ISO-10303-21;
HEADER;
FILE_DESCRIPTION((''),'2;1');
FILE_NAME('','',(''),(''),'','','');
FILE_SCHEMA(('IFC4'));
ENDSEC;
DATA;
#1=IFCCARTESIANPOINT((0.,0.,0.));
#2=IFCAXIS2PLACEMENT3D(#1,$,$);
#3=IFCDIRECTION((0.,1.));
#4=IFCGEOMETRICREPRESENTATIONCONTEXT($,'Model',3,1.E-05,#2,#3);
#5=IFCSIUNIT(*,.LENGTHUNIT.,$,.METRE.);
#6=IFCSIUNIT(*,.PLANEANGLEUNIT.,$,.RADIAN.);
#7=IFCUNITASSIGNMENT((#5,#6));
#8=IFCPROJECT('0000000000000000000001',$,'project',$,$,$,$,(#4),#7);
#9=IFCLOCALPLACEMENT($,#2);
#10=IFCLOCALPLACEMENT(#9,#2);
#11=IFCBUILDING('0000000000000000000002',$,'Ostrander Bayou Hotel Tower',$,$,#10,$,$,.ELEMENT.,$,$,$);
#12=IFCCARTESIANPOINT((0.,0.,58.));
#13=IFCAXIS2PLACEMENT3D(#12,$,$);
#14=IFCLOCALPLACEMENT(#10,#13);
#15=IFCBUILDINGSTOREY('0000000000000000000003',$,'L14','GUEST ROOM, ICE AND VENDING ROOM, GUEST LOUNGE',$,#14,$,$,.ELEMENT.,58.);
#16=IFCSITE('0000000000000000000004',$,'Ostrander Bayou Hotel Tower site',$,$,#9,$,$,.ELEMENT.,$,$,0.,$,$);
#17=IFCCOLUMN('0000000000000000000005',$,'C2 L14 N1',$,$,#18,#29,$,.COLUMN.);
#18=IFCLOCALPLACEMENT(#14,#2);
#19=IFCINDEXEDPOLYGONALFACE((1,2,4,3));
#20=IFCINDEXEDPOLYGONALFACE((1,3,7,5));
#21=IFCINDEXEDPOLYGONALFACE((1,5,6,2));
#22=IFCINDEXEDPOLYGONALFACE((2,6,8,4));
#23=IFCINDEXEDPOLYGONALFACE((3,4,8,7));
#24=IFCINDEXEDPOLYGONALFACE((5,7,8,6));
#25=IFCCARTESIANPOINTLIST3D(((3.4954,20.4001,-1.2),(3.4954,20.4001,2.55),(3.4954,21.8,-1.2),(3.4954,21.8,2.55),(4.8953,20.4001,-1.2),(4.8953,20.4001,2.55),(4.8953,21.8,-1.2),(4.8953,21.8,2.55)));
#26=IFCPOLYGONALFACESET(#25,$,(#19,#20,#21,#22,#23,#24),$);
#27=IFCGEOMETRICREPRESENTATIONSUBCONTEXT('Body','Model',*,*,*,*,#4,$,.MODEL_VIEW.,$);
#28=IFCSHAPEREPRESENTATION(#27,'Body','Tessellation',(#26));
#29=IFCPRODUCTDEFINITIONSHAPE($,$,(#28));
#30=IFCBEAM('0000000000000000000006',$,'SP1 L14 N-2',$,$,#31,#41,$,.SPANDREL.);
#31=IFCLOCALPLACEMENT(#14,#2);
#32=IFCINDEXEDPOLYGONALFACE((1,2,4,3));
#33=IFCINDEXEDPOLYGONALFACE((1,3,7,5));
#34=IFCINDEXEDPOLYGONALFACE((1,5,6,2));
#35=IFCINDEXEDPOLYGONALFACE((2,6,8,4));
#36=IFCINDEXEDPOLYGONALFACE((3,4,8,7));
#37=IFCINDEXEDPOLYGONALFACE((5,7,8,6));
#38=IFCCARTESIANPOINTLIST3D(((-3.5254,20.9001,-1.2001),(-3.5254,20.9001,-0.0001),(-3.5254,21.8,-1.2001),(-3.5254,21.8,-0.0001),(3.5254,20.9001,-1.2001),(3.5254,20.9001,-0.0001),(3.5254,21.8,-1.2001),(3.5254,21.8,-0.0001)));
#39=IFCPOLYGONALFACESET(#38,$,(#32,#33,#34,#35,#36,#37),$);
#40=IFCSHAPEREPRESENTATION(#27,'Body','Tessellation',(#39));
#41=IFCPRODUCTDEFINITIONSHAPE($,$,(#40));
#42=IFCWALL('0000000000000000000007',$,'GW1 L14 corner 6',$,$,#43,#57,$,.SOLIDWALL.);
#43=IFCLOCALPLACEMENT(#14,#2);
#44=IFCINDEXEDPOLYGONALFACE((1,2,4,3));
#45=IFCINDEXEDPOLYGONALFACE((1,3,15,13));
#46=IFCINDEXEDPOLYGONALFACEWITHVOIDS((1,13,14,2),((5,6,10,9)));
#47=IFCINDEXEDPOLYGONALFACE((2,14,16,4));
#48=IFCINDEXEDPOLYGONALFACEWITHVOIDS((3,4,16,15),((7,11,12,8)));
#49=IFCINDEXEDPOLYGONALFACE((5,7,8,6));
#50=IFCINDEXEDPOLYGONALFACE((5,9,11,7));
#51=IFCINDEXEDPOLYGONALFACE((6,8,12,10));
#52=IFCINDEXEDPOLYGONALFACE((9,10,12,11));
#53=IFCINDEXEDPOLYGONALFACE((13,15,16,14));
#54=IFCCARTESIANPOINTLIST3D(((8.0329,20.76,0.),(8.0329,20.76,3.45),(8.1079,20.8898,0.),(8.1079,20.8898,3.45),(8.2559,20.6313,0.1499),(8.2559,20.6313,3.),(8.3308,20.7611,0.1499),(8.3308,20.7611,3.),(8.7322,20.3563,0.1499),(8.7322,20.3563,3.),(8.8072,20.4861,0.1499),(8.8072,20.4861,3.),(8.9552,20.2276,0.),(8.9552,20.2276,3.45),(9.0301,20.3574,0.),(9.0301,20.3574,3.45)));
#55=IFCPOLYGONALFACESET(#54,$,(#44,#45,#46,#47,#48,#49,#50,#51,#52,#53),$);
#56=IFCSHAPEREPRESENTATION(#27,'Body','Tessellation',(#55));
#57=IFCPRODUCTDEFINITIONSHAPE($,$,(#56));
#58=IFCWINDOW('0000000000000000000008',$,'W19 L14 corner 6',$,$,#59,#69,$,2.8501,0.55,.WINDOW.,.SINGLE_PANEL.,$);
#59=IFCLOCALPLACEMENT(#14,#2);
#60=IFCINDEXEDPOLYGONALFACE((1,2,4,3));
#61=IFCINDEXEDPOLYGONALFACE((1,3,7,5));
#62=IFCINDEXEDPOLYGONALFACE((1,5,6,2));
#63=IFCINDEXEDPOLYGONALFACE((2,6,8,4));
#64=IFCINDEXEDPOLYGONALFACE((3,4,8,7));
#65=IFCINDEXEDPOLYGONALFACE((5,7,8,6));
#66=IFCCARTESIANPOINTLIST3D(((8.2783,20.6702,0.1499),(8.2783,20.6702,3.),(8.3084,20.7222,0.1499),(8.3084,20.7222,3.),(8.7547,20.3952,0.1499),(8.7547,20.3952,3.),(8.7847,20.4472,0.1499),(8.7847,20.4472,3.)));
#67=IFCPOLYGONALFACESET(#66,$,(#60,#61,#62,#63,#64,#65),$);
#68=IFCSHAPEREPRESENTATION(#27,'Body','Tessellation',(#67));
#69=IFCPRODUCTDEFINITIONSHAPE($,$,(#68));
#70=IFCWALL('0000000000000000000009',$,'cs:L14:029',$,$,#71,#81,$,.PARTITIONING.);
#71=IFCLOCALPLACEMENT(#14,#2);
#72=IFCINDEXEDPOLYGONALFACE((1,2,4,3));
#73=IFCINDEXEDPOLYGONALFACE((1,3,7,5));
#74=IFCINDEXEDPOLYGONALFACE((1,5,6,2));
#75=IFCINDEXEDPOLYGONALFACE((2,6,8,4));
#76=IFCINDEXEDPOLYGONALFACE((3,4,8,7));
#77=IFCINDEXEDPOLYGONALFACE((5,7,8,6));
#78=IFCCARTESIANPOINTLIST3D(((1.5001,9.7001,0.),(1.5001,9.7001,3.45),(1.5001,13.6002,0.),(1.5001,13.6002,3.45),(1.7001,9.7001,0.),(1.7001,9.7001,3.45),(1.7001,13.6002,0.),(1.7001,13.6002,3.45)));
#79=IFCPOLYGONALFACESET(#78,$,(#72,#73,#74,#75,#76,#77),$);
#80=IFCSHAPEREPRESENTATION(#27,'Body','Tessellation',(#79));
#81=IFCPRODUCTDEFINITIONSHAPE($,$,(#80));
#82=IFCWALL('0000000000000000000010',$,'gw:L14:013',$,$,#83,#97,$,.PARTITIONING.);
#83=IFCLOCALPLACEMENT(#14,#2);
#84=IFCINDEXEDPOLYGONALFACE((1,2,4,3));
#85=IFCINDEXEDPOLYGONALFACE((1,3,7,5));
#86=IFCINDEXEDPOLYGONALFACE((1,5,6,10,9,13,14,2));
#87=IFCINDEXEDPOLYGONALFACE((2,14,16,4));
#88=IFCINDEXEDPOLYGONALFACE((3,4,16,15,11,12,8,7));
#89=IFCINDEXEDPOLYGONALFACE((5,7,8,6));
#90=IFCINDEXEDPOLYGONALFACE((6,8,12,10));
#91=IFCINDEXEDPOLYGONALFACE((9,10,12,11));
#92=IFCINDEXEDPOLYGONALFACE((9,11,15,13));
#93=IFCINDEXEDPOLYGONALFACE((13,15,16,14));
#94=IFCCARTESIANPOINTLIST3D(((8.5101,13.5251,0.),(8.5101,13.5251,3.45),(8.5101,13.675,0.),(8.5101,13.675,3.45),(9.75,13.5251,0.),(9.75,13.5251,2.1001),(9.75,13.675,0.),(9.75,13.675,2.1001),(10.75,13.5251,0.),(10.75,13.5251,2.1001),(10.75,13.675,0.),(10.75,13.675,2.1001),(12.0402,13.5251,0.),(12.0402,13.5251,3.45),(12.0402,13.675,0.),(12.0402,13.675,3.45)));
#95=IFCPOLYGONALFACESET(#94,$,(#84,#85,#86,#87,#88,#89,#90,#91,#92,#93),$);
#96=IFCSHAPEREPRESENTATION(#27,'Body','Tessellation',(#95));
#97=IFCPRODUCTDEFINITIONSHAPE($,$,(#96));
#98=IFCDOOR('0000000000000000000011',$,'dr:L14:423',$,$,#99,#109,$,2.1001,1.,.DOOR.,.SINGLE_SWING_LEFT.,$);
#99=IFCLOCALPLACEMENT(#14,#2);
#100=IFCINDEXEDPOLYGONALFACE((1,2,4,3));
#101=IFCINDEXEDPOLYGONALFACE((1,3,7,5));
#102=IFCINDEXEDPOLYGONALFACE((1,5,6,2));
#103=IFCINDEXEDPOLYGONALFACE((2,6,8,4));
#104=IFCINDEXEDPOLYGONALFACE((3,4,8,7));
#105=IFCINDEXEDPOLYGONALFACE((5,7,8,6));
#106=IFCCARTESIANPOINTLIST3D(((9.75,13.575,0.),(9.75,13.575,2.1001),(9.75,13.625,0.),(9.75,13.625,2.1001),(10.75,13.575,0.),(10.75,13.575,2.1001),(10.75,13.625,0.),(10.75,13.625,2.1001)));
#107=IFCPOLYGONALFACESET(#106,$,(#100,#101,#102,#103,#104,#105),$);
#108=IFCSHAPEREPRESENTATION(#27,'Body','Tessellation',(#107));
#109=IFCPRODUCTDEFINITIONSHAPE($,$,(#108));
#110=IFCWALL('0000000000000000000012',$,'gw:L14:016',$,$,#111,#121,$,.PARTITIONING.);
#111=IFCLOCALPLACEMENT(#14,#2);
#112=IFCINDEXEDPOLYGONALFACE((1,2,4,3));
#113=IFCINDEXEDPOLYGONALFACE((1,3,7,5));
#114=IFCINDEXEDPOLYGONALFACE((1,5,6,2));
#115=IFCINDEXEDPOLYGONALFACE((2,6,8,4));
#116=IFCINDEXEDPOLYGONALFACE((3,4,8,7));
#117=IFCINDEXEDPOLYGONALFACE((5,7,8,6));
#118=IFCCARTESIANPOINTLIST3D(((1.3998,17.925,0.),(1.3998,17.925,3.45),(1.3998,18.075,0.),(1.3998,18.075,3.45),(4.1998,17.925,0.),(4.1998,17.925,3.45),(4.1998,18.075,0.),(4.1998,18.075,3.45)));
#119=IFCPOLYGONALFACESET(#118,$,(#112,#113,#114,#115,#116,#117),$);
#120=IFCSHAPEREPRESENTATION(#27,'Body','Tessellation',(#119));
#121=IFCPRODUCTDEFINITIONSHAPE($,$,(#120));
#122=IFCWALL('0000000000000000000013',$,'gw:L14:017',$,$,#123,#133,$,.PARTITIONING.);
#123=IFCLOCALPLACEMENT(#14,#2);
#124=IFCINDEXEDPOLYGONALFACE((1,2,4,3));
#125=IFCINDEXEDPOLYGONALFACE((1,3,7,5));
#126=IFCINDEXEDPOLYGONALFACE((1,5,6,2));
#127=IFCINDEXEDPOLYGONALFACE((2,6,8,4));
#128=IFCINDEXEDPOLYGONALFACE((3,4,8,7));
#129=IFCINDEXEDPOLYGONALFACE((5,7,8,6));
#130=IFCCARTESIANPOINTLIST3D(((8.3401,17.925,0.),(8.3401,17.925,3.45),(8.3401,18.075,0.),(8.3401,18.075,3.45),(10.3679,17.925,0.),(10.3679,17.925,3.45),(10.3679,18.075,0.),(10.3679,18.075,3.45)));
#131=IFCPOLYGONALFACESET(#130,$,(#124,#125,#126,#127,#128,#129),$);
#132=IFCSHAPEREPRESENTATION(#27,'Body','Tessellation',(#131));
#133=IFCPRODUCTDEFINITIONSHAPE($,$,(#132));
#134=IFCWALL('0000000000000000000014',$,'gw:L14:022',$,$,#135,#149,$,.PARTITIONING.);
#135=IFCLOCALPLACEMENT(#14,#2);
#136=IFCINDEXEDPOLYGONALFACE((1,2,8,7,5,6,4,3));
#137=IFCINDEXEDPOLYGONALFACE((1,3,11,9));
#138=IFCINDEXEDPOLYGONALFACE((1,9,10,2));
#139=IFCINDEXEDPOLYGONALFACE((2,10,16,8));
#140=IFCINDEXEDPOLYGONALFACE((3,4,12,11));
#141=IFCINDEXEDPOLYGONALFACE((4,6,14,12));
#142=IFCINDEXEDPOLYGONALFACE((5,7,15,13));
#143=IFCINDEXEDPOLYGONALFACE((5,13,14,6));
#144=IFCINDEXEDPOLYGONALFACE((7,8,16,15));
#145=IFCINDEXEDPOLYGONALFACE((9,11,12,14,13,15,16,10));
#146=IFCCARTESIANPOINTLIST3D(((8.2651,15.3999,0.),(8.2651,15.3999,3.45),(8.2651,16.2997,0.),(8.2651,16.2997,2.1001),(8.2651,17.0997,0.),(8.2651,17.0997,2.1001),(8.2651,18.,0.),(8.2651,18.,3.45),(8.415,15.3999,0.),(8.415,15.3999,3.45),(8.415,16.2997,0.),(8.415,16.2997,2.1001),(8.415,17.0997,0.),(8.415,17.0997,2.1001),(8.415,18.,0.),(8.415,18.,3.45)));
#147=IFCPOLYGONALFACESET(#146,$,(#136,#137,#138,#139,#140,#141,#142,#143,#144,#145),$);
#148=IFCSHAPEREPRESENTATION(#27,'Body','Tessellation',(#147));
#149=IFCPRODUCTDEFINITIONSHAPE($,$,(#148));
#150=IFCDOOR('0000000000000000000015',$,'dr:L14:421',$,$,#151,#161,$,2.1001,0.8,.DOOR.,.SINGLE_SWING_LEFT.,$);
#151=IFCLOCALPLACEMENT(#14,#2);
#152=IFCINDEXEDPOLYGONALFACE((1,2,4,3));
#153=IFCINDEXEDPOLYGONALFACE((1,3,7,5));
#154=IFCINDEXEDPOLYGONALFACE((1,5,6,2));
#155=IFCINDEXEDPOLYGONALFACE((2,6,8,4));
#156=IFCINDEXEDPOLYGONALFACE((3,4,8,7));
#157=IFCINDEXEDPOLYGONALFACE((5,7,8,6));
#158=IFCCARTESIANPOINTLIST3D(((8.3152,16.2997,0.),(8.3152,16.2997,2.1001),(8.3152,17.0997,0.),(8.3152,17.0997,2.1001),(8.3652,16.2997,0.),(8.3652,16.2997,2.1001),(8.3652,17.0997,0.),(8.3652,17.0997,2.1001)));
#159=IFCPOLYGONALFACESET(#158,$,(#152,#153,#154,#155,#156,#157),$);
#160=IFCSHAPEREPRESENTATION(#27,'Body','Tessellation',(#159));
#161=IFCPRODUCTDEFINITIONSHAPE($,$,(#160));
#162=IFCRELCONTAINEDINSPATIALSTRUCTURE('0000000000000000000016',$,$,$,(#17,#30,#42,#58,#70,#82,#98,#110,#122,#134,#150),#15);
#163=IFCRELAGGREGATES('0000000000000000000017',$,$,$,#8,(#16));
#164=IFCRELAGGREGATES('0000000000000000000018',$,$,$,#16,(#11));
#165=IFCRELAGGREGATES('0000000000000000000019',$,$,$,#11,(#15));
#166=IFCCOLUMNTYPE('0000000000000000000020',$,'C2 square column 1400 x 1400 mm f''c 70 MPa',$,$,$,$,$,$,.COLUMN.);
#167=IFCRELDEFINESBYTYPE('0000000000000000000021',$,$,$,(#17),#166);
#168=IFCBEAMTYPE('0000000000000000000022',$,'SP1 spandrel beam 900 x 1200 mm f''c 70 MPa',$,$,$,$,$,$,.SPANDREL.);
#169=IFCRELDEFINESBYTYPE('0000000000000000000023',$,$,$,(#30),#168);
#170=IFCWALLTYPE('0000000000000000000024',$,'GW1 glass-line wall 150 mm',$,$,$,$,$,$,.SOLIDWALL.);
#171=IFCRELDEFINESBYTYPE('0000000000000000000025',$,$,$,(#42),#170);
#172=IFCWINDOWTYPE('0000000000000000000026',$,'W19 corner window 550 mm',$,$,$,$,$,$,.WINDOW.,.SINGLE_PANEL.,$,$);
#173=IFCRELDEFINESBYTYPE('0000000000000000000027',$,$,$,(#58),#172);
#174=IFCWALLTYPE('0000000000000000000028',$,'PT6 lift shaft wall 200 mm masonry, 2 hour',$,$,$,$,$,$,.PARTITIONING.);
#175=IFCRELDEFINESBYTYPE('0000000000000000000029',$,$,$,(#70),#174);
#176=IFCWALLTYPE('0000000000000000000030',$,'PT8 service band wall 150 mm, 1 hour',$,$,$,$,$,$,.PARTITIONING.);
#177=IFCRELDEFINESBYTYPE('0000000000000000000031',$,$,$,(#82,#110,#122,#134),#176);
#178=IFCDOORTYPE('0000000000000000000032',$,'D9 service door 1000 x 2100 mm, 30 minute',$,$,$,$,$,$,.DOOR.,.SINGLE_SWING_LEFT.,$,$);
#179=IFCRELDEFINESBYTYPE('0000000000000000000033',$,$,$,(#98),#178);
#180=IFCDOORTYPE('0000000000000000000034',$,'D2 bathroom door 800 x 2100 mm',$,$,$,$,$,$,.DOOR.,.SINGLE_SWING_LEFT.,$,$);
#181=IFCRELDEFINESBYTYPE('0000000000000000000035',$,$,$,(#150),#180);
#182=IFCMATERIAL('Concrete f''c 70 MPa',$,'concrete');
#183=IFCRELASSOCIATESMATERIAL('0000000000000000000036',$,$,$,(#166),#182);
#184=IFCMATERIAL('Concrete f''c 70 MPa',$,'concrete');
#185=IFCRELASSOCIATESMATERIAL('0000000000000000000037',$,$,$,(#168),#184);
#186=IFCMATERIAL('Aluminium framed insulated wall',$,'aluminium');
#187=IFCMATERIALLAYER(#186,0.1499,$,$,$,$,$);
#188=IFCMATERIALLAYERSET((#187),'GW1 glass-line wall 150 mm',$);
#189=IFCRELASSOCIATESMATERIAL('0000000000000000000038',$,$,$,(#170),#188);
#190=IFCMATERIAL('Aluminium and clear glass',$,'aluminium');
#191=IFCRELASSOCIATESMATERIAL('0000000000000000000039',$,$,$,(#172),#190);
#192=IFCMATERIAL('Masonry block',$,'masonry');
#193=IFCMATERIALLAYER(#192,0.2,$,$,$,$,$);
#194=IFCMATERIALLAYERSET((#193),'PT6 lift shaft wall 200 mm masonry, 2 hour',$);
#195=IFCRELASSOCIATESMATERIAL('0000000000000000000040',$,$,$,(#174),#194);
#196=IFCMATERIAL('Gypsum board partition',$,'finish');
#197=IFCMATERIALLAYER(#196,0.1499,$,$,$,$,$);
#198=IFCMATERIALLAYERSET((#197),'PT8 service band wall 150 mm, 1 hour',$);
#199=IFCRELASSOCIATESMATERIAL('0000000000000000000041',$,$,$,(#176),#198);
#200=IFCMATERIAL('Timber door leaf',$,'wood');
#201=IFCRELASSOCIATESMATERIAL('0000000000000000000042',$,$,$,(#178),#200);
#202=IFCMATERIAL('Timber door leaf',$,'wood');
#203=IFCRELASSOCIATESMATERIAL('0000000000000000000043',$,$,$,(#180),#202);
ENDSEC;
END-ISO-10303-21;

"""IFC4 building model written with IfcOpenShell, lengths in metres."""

from ifc_helpers import new_model, si_unit, direction, frame, frame_2d, origin, origin_2d, place, context, subcontext, project, spatial, rectangle, extrude, material, layer, layer_set, material_profile, profile_set, type_object, element, fill, save


model = new_model("IFC4")

# Units and contexts
model_context = context("Model", 3, precision=1e-05, world=origin(), true_north=direction((0.0, 1.0)))
body_context = subcontext(model_context, "Body", "Model", "MODEL_VIEW")
ifc_project = project(units=[si_unit("LENGTHUNIT", "METRE"), si_unit("PLANEANGLEUNIT", "RADIAN")], contexts=[model_context])

# Site, building, storey
site_placement = place(None, origin())
site = spatial("IfcSite", under=ifc_project, at=site_placement, Name="Ostrander Bayou Hotel Tower site", CompositionType="ELEMENT", RefElevation=0.0)
building_placement = place(site_placement, origin())
building = spatial("IfcBuilding", under=site, at=building_placement, Name="Ostrander Bayou Hotel Tower", CompositionType="ELEMENT")
storey_placement = place(building_placement, frame((0.0, 0.0, 58.0)))
storey = spatial("IfcBuildingStorey", under=building, at=storey_placement, Name="L14", Description="GUEST ROOM, ICE AND VENDING ROOM, GUEST LOUNGE", CompositionType="ELEMENT", Elevation=58.0)

# Column
ifc_material_1 = material(Name="Concrete f'c 70 MPa", Category="concrete")
ifc_material_profile_1 = material_profile(ifc_material_1, rectangle(XDim=1.3999, YDim=1.3999, at=origin_2d()))
ifc_profile_set_1 = profile_set([ifc_material_profile_1], Name="Concrete f'c 70 MPa")
column_type = type_object("IfcColumnType", Name="C2 square column 1400 x 1400 mm f'c 70 MPa", PredefinedType="COLUMN", material=ifc_profile_set_1)
column_placement = place(storey_placement, frame((4.1953, 21.1001, -1.2), z_axis=(0.0, 0.0, 1.0), x_axis=(1.0, 0.0, 0.0)))
element("IfcColumn", 1, at=column_placement, inside=storey, type_object=column_type, Name="C2 L14 N1", PredefinedType="COLUMN", context=body_context, shape_type="SweptSolid", body=[
    extrude(rectangle(XDim=1.3999, YDim=1.3999, at=origin_2d()), origin(), (0.0, 0.0, 1.0), 3.75),
])

# Beam
ifc_material_2 = material(Name="Concrete f'c 70 MPa", Category="concrete")
ifc_material_profile_2 = material_profile(ifc_material_2, rectangle(XDim=0.8999, YDim=1.2, at=origin_2d()))
ifc_profile_set_2 = profile_set([ifc_material_profile_2], Name="Concrete f'c 70 MPa")
beam_type = type_object("IfcBeamType", Name="SP1 spandrel beam 900 x 1200 mm f'c 70 MPa", PredefinedType="SPANDREL", material=ifc_profile_set_2)
beam_placement = place(storey_placement, frame((3.5254, 21.3501, -0.6001), z_axis=(-1.0, 0.0, 0.0), x_axis=(0.0, -1.0, 0.0)))
element("IfcBeam", 2, at=beam_placement, inside=storey, type_object=beam_type, Name="SP1 L14 N-2", PredefinedType="SPANDREL", context=body_context, shape_type="SweptSolid", body=[
    extrude(rectangle(XDim=0.8999, YDim=1.2, at=origin_2d()), origin(), (0.0, 0.0, 1.0), 7.0508),
])

# Wall, opening, window
ifc_material_3 = material(Name="Aluminium framed insulated wall", Category="aluminium")
ifc_layer_1 = layer(ifc_material_3, 0.1499)
ifc_layer_set_1 = layer_set([ifc_layer_1], Name="GW1 glass-line wall 150 mm")
wall_type_1 = type_object("IfcWallType", Name="GW1 glass-line wall 150 mm", PredefinedType="SOLIDWALL", material=ifc_layer_set_1)
wall_1_placement = place(storey_placement, frame((8.9927, 20.2925, 0.0), z_axis=(0.0, 0.0, 1.0), x_axis=(-0.866048, 0.499961, 0.0)))
wall_1 = element("IfcWall", 3, at=wall_1_placement, inside=storey, type_object=wall_type_1, Name="GW1 L14 corner 6", PredefinedType="SOLIDWALL", context=body_context, shape_type="SweptSolid", body=[
    extrude(rectangle(XDim=1.0649, YDim=0.1499, at=frame_2d((0.5325, 0.0))), origin(), (0.0, 0.0, 1.0), 3.45),
])
opening_1_placement = place(wall_1_placement, frame((0.2576, 0.0, 0.1499)))
opening_1 = element("IfcOpeningElement", 4, at=opening_1_placement, cuts=wall_1, PredefinedType="OPENING", context=body_context, shape_type="SweptSolid", body=[
    extrude(rectangle(XDim=0.55, YDim=2.8501, at=frame_2d((0.2749, 1.425))), frame((0.0, 0.075, 0.0), z_axis=(0.0, -1.0, 0.0), x_axis=(1.0, 0.0, 0.0)), (0.0, 0.0, 1.0), 0.1499),
])
ifc_material_4 = material(Name="Aluminium and clear glass", Category="aluminium")
window_type_1 = type_object("IfcWindowType", Name="W19 corner window 550 mm", PartitioningType="SINGLE_PANEL", PredefinedType="WINDOW", material=ifc_material_4)
window_1_placement = place(opening_1_placement, origin())
window_1 = element("IfcWindow", 5, at=window_1_placement, inside=storey, type_object=window_type_1, Name="W19 L14 corner 6", OverallHeight=2.8501, OverallWidth=0.55, PartitioningType="SINGLE_PANEL", PredefinedType="WINDOW", context=body_context, shape_type="SweptSolid", body=[
    extrude(rectangle(XDim=0.55, YDim=2.8501, at=frame_2d((0.2749, 1.425))), frame((0.0, 0.03, 0.0), z_axis=(0.0, -1.0, 0.0), x_axis=(1.0, 0.0, 0.0)), (0.0, 0.0, 1.0), 0.0601),
])
fill(opening_1, window_1)

# Wall
ifc_material_5 = material(Name="Masonry block", Category="masonry")
ifc_layer_2 = layer(ifc_material_5, 0.2)
ifc_layer_set_2 = layer_set([ifc_layer_2], Name="PT6 lift shaft wall 200 mm masonry, 2 hour")
wall_type_2 = type_object("IfcWallType", Name="PT6 lift shaft wall 200 mm masonry, 2 hour", PredefinedType="PARTITIONING", material=ifc_layer_set_2)
wall_2_placement = place(storey_placement, frame((1.6001, 9.7, 0.0), z_axis=(0.0, 0.0, 1.0), x_axis=(0.0, 1.0, 0.0)))
element("IfcWall", 6, at=wall_2_placement, inside=storey, type_object=wall_type_2, Name="cs:L14:029", PredefinedType="PARTITIONING", context=body_context, shape_type="SweptSolid", body=[
    extrude(rectangle(XDim=3.9001, YDim=0.2, at=frame_2d((1.9502, 0.0))), origin(), (0.0, 0.0, 1.0), 3.45),
])

# Wall, opening, door
ifc_material_6 = material(Name="Gypsum board partition", Category="finish")
ifc_layer_3 = layer(ifc_material_6, 0.1499)
ifc_layer_set_3 = layer_set([ifc_layer_3], Name="PT8 service band wall 150 mm, 1 hour")
wall_type_3 = type_object("IfcWallType", Name="PT8 service band wall 150 mm, 1 hour", PredefinedType="PARTITIONING", material=ifc_layer_set_3)
wall_3_placement = place(storey_placement, frame((8.51, 13.6001, 0.0), z_axis=(0.0, 0.0, 1.0), x_axis=(1.0, 0.0, 0.0)))
wall_3 = element("IfcWall", 7, at=wall_3_placement, inside=storey, type_object=wall_type_3, Name="gw:L14:013", PredefinedType="PARTITIONING", context=body_context, shape_type="SweptSolid", body=[
    extrude(rectangle(XDim=3.53, YDim=0.1499, at=frame_2d((1.7651, 0.0))), origin(), (0.0, 0.0, 1.0), 3.45),
])
opening_2_placement = place(wall_3_placement, frame((1.24, 0.0, 0.0)))
opening_2 = element("IfcOpeningElement", 8, at=opening_2_placement, cuts=wall_3, PredefinedType="OPENING", context=body_context, shape_type="SweptSolid", body=[
    extrude(rectangle(XDim=1.0, YDim=2.1001, at=frame_2d((0.5, 1.05))), frame((0.0, 0.075, 0.0), z_axis=(0.0, -1.0, 0.0), x_axis=(1.0, 0.0, 0.0)), (0.0, 0.0, 1.0), 0.1499),
])
ifc_material_7 = material(Name="Timber door leaf", Category="wood")
door_type_1 = type_object("IfcDoorType", Name="D9 service door 1000 x 2100 mm, 30 minute", OperationType="SINGLE_SWING_LEFT", PredefinedType="DOOR", material=ifc_material_7)
door_1_placement = place(opening_2_placement, origin())
door_1 = element("IfcDoor", 9, at=door_1_placement, inside=storey, type_object=door_type_1, Name="dr:L14:423", OperationType="SINGLE_SWING_LEFT", OverallHeight=2.1001, OverallWidth=1.0, PredefinedType="DOOR", context=body_context, shape_type="SweptSolid", body=[
    extrude(rectangle(XDim=1.0, YDim=2.1001, at=frame_2d((0.5, 1.05))), frame((0.0, 0.0249, 0.0), z_axis=(0.0, -1.0, 0.0), x_axis=(1.0, 0.0, 0.0)), (0.0, 0.0, 1.0), 0.05),
])
fill(opening_2, door_1)

# Walls
wall_4_placement = place(storey_placement, frame((1.3999, 18.0, 0.0), z_axis=(0.0, 0.0, 1.0), x_axis=(1.0, 0.0, 0.0)))
element("IfcWall", 10, at=wall_4_placement, inside=storey, type_object=wall_type_3, Name="gw:L14:016", PredefinedType="PARTITIONING", context=body_context, shape_type="SweptSolid", body=[
    extrude(rectangle(XDim=2.8, YDim=0.1499, at=frame_2d((1.3999, 0.0))), origin(), (0.0, 0.0, 1.0), 3.45),
])
wall_5_placement = place(storey_placement, frame((8.3401, 18.0, 0.0), z_axis=(0.0, 0.0, 1.0), x_axis=(1.0, 0.0, 0.0)))
element("IfcWall", 11, at=wall_5_placement, inside=storey, type_object=wall_type_3, Name="gw:L14:017", PredefinedType="PARTITIONING", context=body_context, shape_type="SweptSolid", body=[
    extrude(rectangle(XDim=2.0278, YDim=0.1499, at=frame_2d((1.0139, 0.0))), origin(), (0.0, 0.0, 1.0), 3.45),
])

# Wall, opening, door
wall_6_placement = place(storey_placement, frame((8.3401, 15.3999, 0.0), z_axis=(0.0, 0.0, 1.0), x_axis=(0.0, 1.0, 0.0)))
wall_6 = element("IfcWall", 12, at=wall_6_placement, inside=storey, type_object=wall_type_3, Name="gw:L14:022", PredefinedType="PARTITIONING", context=body_context, shape_type="SweptSolid", body=[
    extrude(rectangle(XDim=2.6001, YDim=0.1499, at=frame_2d((1.3, 0.0))), origin(), (0.0, 0.0, 1.0), 3.45),
])
opening_3_placement = place(wall_6_placement, frame((0.8999, 0.0, 0.0)))
opening_3 = element("IfcOpeningElement", 13, at=opening_3_placement, cuts=wall_6, PredefinedType="OPENING", context=body_context, shape_type="SweptSolid", body=[
    extrude(rectangle(XDim=0.8, YDim=2.1001, at=frame_2d((0.3999, 1.05))), frame((0.0, 0.075, 0.0), z_axis=(0.0, -1.0, 0.0), x_axis=(1.0, 0.0, 0.0)), (0.0, 0.0, 1.0), 0.1499),
])
ifc_material_8 = material(Name="Timber door leaf", Category="wood")
door_type_2 = type_object("IfcDoorType", Name="D2 bathroom door 800 x 2100 mm", OperationType="SINGLE_SWING_LEFT", PredefinedType="DOOR", material=ifc_material_8)
door_2_placement = place(opening_3_placement, origin())
door_2 = element("IfcDoor", 14, at=door_2_placement, inside=storey, type_object=door_type_2, Name="dr:L14:421", OperationType="SINGLE_SWING_LEFT", OverallHeight=2.1001, OverallWidth=0.8, PredefinedType="DOOR", context=body_context, shape_type="SweptSolid", body=[
    extrude(rectangle(XDim=0.8, YDim=2.1001, at=frame_2d((0.3999, 1.05))), frame((0.0, 0.0249, 0.0), z_axis=(0.0, -1.0, 0.0), x_axis=(1.0, 0.0, 0.0)), (0.0, 0.0, 1.0), 0.05),
])
fill(opening_3, door_2)

save(model, "model.ifc")
